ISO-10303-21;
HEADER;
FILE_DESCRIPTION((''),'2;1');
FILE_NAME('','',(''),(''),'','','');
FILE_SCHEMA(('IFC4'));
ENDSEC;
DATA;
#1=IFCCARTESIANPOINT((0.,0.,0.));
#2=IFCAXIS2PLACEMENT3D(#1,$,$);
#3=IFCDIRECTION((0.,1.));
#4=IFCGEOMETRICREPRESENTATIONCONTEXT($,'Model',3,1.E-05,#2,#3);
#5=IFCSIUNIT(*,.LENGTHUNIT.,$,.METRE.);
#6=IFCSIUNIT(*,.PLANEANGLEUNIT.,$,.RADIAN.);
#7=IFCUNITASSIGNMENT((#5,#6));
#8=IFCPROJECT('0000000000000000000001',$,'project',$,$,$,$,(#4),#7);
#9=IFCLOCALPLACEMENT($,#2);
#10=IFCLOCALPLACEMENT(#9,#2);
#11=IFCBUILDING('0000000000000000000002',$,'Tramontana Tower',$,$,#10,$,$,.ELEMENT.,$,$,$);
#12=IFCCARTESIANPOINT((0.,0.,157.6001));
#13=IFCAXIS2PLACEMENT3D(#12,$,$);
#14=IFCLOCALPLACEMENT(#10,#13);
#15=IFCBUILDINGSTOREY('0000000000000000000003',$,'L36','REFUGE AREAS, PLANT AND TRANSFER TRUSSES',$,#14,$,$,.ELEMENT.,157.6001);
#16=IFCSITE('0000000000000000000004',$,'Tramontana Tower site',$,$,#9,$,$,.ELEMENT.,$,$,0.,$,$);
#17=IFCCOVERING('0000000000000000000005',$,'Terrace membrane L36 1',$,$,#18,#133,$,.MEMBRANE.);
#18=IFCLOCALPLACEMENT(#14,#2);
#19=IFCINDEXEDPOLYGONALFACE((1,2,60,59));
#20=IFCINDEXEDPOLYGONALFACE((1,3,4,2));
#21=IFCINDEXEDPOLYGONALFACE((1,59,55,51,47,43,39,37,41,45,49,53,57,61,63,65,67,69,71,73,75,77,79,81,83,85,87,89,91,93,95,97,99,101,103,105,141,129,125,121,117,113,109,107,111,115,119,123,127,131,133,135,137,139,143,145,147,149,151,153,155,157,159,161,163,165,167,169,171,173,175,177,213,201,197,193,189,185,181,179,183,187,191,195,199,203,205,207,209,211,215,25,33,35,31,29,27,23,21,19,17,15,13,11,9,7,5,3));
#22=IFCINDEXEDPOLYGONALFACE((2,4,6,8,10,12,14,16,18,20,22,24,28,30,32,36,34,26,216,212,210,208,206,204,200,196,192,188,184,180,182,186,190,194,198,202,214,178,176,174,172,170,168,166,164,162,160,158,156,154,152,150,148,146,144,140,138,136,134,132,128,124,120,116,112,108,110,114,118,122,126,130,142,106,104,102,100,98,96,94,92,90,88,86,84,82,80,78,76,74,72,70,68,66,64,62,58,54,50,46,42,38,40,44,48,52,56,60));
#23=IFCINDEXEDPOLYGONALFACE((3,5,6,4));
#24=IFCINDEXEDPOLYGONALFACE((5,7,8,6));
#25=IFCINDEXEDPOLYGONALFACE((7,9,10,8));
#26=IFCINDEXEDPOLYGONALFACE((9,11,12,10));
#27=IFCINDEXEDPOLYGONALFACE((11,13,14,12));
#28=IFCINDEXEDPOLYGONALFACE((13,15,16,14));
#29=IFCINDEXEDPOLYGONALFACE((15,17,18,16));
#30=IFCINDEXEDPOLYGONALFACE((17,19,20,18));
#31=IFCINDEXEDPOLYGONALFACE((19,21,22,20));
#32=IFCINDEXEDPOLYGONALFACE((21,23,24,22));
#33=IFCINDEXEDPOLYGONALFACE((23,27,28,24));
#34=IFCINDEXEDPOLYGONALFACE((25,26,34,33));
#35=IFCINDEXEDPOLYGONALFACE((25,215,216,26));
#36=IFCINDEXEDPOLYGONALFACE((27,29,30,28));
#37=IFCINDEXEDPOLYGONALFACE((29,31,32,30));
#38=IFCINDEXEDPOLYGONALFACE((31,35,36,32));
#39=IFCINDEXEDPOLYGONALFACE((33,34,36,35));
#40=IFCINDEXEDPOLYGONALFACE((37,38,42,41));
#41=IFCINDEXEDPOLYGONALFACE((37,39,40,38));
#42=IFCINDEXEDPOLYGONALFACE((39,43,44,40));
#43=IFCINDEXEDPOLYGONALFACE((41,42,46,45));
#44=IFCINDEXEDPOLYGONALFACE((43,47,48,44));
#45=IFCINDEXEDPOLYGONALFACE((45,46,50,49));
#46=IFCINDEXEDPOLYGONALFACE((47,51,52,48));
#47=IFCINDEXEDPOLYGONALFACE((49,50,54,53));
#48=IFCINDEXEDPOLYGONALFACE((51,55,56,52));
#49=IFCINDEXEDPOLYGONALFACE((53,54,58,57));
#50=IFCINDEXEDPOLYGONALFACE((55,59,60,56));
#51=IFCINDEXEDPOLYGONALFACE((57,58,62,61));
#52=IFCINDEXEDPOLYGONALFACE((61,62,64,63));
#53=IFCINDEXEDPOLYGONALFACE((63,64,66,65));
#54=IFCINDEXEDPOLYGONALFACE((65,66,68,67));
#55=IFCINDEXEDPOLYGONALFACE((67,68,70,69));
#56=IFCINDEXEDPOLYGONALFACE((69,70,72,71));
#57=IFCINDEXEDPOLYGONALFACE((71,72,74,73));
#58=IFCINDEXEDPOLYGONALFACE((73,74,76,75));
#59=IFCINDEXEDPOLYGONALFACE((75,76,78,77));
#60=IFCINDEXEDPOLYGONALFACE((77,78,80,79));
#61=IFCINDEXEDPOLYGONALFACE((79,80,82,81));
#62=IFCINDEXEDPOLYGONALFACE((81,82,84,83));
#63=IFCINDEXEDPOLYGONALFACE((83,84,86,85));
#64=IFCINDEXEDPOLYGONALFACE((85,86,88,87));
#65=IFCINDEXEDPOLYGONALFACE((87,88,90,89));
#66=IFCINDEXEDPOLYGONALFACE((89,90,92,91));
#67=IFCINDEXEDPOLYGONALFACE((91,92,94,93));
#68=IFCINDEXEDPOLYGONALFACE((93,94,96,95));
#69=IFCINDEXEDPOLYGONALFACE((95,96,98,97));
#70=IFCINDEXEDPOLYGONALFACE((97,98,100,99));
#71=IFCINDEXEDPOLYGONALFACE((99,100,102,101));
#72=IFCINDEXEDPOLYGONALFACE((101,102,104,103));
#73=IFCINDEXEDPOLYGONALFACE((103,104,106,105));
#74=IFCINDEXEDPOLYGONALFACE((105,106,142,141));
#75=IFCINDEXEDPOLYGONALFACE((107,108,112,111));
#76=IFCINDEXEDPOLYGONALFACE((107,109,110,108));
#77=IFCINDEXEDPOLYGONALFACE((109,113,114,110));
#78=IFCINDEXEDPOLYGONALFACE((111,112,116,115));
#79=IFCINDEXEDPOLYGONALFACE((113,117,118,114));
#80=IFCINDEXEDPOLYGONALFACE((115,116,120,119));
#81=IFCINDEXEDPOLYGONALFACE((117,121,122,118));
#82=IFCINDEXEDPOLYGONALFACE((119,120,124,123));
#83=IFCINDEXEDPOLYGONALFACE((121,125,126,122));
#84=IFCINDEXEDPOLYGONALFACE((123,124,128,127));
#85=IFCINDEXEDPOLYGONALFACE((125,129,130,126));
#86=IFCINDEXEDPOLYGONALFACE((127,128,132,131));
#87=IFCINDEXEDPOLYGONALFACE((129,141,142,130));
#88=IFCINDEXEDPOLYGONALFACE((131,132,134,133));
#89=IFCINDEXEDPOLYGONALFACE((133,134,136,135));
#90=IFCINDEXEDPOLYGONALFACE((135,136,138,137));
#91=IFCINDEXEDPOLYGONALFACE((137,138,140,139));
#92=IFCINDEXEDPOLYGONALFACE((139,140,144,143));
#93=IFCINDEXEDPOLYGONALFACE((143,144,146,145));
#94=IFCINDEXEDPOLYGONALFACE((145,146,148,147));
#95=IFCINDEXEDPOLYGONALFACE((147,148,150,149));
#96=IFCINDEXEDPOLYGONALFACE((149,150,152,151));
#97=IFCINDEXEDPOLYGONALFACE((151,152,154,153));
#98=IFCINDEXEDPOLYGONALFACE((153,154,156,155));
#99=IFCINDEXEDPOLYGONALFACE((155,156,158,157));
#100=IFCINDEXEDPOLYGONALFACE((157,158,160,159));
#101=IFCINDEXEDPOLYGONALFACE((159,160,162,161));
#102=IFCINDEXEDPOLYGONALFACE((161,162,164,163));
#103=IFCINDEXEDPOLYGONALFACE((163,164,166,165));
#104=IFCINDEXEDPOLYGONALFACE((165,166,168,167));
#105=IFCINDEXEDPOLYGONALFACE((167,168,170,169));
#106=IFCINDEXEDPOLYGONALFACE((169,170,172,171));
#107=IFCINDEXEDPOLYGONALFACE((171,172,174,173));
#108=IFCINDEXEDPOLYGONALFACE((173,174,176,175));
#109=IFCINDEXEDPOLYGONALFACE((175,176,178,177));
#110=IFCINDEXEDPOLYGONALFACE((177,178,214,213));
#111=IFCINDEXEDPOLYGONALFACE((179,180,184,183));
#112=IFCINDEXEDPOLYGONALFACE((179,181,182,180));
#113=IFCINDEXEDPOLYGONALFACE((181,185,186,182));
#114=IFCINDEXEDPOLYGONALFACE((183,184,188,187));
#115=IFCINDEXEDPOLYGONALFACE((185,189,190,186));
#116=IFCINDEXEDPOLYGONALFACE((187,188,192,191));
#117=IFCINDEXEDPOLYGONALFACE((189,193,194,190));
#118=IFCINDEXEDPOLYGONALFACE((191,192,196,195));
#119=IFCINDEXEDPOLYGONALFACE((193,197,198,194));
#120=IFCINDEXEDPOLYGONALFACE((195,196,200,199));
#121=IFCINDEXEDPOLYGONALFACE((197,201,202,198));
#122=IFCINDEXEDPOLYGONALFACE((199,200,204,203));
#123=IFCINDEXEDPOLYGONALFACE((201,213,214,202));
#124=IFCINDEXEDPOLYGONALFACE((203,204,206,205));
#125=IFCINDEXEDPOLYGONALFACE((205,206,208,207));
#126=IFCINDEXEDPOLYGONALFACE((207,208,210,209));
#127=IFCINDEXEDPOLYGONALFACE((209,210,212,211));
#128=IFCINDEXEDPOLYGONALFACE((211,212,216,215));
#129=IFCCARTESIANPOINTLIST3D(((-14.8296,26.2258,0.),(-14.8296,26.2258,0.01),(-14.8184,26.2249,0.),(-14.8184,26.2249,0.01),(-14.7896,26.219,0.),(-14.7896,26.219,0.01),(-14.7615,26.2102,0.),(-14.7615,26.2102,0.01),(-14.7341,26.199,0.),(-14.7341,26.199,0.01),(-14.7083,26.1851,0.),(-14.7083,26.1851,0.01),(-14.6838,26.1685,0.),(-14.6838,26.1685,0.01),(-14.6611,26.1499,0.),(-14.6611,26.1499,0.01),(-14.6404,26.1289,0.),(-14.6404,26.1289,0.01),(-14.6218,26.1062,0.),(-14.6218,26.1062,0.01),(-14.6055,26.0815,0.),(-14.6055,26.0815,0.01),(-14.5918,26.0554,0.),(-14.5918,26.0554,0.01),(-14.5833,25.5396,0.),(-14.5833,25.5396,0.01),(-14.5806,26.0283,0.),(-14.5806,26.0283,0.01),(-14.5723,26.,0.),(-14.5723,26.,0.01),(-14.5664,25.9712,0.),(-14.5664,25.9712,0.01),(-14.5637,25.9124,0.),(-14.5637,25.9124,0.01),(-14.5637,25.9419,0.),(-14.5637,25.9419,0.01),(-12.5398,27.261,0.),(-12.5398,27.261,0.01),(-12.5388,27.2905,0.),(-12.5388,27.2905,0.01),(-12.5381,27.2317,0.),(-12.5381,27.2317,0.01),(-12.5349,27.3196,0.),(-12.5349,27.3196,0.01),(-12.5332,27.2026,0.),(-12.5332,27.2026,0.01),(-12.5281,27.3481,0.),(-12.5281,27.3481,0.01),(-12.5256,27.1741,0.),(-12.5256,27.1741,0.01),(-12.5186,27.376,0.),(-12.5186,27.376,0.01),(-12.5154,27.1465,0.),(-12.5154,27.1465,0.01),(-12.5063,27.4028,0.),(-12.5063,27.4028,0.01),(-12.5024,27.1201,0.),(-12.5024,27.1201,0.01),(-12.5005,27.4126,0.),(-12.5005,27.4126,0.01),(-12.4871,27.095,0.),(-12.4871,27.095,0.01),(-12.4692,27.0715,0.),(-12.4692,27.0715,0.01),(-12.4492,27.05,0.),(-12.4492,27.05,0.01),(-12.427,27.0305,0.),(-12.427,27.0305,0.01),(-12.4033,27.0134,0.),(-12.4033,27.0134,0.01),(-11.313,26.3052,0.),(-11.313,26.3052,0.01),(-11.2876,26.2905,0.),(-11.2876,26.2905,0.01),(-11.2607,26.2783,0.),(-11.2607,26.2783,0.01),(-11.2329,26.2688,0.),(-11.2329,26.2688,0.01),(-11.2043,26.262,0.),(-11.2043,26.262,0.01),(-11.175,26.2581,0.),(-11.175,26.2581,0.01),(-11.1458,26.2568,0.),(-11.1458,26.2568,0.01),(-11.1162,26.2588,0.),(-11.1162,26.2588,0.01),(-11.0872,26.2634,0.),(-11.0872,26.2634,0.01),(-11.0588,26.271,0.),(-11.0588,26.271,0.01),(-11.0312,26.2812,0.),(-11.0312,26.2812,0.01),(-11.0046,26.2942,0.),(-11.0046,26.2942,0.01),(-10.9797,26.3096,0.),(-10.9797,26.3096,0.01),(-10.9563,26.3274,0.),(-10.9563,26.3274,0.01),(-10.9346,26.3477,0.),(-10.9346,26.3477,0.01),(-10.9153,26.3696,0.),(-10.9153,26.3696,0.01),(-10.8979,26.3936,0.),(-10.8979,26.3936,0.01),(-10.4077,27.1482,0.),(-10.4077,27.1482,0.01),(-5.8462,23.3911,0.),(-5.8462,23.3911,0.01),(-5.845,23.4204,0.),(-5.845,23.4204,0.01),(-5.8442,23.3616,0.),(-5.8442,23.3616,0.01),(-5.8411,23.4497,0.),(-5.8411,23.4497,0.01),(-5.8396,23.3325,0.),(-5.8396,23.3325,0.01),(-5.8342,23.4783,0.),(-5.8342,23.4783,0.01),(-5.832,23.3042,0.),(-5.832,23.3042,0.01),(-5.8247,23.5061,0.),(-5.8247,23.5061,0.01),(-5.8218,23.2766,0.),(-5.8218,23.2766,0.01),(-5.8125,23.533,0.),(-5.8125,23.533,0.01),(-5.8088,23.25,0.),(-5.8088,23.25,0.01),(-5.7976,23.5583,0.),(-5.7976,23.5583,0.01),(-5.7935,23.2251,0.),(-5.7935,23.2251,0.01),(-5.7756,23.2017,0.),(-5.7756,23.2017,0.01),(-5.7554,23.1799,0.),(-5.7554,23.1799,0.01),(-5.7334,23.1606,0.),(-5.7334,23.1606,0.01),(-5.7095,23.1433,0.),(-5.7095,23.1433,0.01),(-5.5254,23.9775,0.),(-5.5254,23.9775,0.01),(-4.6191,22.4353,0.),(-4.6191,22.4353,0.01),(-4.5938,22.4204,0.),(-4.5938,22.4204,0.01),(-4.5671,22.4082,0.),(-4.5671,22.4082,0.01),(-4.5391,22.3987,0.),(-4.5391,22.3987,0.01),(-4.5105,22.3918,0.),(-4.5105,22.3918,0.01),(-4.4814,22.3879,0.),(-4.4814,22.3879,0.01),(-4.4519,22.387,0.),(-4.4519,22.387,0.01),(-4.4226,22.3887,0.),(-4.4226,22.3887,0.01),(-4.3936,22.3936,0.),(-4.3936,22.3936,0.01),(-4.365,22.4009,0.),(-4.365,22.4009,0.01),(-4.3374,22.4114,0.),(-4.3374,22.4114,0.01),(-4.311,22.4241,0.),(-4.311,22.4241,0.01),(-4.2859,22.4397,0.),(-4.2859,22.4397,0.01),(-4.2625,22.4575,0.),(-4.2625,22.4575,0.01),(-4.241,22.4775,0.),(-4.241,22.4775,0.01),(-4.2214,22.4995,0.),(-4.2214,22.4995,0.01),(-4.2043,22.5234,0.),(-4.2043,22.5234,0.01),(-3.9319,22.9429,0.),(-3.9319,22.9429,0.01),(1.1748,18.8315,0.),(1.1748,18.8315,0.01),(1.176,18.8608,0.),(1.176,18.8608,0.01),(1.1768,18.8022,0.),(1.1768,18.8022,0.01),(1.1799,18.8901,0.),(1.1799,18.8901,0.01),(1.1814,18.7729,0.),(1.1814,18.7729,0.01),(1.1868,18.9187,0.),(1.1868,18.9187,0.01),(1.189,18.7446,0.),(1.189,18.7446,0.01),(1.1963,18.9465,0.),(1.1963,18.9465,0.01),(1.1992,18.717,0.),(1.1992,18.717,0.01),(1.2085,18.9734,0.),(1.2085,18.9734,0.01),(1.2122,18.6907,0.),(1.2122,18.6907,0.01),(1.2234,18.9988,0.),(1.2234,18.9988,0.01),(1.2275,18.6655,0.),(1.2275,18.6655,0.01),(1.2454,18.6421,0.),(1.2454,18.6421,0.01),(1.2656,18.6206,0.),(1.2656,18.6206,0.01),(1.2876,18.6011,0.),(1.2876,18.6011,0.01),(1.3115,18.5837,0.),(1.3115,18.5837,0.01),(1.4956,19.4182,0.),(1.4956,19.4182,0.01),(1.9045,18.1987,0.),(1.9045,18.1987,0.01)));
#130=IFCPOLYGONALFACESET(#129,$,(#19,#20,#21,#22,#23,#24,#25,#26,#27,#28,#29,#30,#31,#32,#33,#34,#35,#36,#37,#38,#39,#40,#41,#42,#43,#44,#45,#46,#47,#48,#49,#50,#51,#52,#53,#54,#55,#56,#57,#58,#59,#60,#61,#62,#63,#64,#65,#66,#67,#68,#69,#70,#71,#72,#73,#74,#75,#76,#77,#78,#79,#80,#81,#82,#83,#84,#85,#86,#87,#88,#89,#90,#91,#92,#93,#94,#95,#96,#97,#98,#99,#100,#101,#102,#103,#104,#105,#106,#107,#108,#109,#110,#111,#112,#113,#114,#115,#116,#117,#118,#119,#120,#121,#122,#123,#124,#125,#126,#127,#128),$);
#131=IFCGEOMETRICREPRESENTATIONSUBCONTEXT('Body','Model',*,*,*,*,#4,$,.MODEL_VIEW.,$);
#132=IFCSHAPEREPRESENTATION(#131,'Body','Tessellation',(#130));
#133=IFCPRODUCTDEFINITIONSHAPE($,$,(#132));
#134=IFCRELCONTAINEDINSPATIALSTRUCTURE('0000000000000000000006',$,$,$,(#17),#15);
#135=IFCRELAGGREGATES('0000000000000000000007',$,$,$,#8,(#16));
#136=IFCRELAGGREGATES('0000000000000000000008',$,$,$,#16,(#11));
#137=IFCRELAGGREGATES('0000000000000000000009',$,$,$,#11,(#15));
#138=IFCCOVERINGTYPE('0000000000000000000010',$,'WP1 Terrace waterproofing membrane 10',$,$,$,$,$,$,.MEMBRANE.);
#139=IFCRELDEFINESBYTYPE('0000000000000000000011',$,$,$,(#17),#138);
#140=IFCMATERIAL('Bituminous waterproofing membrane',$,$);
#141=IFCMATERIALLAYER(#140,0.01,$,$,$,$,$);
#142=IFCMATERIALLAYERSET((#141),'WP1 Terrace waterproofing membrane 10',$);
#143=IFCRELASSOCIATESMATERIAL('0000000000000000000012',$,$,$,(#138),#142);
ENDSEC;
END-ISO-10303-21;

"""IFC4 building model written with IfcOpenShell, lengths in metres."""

from ifc_helpers import new_model, si_unit, direction, frame, origin, place, context, subcontext, project, spatial, polyline, outline, extrude, material, layer, layer_set, type_object, element, save


model = new_model("IFC4")

# Units and contexts
model_context = context("Model", 3, precision=1e-05, world=origin(), true_north=direction((0.0, 1.0)))
body_context = subcontext(model_context, "Body", "Model", "MODEL_VIEW")
ifc_project = project(units=[si_unit("LENGTHUNIT", "METRE"), si_unit("PLANEANGLEUNIT", "RADIAN")], contexts=[model_context])

# Site, building, storey
site_placement = place(None, origin())
site = spatial("IfcSite", under=ifc_project, at=site_placement, Name="Tramontana Tower site", CompositionType="ELEMENT", RefElevation=0.0)
building_placement = place(site_placement, origin())
building = spatial("IfcBuilding", under=site, at=building_placement, Name="Tramontana Tower", CompositionType="ELEMENT")
storey_placement = place(building_placement, frame((0.0, 0.0, 157.6001)))
storey = spatial("IfcBuildingStorey", under=building, at=storey_placement, Name="L36", Description="REFUGE AREAS, PLANT AND TRANSFER TRUSSES", CompositionType="ELEMENT", Elevation=157.6001)

# Covering
ifc_material_1 = material(Name="Bituminous waterproofing membrane")
ifc_layer_1 = layer(ifc_material_1, 0.01)
ifc_layer_set_1 = layer_set([ifc_layer_1], Name="WP1 Terrace waterproofing membrane 10")
covering_type_1 = type_object("IfcCoveringType", Name="WP1 Terrace waterproofing membrane 10", PredefinedType="MEMBRANE", material=ifc_layer_set_1)
covering_1_placement = place(storey_placement, origin())
element("IfcCovering", 1, at=covering_1_placement, inside=storey, type_object=covering_type_1, Name="Terrace membrane L36 1", PredefinedType="MEMBRANE", context=body_context, shape_type="SweptSolid", body=[
    extrude(outline(polyline([(-12.5005, 27.4126), (-12.5063, 27.4028), (-12.5186, 27.376), (-12.5281, 27.3481), (-12.5349, 27.3196), (-12.5388, 27.2905), (-12.5398, 27.261), (-12.5381, 27.2317), (-12.5332, 27.2026), (-12.5256, 27.1741), (-12.5154, 27.1465), (-12.5024, 27.1201), (-12.4871, 27.095), (-12.4692, 27.0715), (-12.4492, 27.05), (-12.427, 27.0305), (-12.4033, 27.0134), (-11.313, 26.3052), (-11.2876, 26.2905), (-11.2607, 26.2783), (-11.2329, 26.2688), (-11.2043, 26.262), (-11.175, 26.2581), (-11.1458, 26.2568), (-11.1162, 26.2588), (-11.0872, 26.2634), (-11.0588, 26.271), (-11.0312, 26.2812), (-11.0046, 26.2942), (-10.9797, 26.3096), (-10.9563, 26.3274), (-10.9346, 26.3477), (-10.9153, 26.3696), (-10.8979, 26.3936), (-10.4077, 27.1482), (-5.5254, 23.9775), (-5.7976, 23.5583), (-5.8125, 23.533), (-5.8247, 23.5061), (-5.8342, 23.4783), (-5.8411, 23.4497), (-5.845, 23.4204), (-5.8462, 23.3911), (-5.8442, 23.3616), (-5.8396, 23.3325), (-5.832, 23.3042), (-5.8218, 23.2766), (-5.8088, 23.25), (-5.7935, 23.2251), (-5.7756, 23.2017), (-5.7554, 23.1799), (-5.7334, 23.1606), (-5.7095, 23.1433), (-4.6191, 22.4353), (-4.5938, 22.4204), (-4.5671, 22.4082), (-4.5391, 22.3987), (-4.5105, 22.3918), (-4.4814, 22.3879), (-4.4519, 22.387), (-4.4226, 22.3887), (-4.3936, 22.3936), (-4.365, 22.4009), (-4.3374, 22.4114), (-4.311, 22.4241), (-4.2859, 22.4397), (-4.2625, 22.4575), (-4.241, 22.4775), (-4.2214, 22.4995), (-4.2043, 22.5234), (-3.9319, 22.9429), (1.4956, 19.4182), (1.2234, 18.9988), (1.2085, 18.9734), (1.1963, 18.9465), (1.1868, 18.9187), (1.1799, 18.8901), (1.176, 18.8608), (1.1748, 18.8315), (1.1768, 18.8022), (1.1814, 18.7729), (1.189, 18.7446), (1.1992, 18.717), (1.2122, 18.6907), (1.2275, 18.6655), (1.2454, 18.6421), (1.2656, 18.6206), (1.2876, 18.6011), (1.3115, 18.5837), (1.9045, 18.1987), (-14.5833, 25.5396), (-14.5637, 25.9124), (-14.5637, 25.9419), (-14.5664, 25.9712), (-14.5723, 26.0), (-14.5806, 26.0283), (-14.5918, 26.0554), (-14.6055, 26.0815), (-14.6218, 26.1062), (-14.6404, 26.1289), (-14.6611, 26.1499), (-14.6838, 26.1685), (-14.7083, 26.1851), (-14.7341, 26.199), (-14.7615, 26.2102), (-14.7896, 26.219), (-14.8184, 26.2249), (-14.8296, 26.2258), (-12.5005, 27.4126)])), origin(), (0.0, 0.0, 1.0), 0.01),
])

save(model, "model.ifc")
